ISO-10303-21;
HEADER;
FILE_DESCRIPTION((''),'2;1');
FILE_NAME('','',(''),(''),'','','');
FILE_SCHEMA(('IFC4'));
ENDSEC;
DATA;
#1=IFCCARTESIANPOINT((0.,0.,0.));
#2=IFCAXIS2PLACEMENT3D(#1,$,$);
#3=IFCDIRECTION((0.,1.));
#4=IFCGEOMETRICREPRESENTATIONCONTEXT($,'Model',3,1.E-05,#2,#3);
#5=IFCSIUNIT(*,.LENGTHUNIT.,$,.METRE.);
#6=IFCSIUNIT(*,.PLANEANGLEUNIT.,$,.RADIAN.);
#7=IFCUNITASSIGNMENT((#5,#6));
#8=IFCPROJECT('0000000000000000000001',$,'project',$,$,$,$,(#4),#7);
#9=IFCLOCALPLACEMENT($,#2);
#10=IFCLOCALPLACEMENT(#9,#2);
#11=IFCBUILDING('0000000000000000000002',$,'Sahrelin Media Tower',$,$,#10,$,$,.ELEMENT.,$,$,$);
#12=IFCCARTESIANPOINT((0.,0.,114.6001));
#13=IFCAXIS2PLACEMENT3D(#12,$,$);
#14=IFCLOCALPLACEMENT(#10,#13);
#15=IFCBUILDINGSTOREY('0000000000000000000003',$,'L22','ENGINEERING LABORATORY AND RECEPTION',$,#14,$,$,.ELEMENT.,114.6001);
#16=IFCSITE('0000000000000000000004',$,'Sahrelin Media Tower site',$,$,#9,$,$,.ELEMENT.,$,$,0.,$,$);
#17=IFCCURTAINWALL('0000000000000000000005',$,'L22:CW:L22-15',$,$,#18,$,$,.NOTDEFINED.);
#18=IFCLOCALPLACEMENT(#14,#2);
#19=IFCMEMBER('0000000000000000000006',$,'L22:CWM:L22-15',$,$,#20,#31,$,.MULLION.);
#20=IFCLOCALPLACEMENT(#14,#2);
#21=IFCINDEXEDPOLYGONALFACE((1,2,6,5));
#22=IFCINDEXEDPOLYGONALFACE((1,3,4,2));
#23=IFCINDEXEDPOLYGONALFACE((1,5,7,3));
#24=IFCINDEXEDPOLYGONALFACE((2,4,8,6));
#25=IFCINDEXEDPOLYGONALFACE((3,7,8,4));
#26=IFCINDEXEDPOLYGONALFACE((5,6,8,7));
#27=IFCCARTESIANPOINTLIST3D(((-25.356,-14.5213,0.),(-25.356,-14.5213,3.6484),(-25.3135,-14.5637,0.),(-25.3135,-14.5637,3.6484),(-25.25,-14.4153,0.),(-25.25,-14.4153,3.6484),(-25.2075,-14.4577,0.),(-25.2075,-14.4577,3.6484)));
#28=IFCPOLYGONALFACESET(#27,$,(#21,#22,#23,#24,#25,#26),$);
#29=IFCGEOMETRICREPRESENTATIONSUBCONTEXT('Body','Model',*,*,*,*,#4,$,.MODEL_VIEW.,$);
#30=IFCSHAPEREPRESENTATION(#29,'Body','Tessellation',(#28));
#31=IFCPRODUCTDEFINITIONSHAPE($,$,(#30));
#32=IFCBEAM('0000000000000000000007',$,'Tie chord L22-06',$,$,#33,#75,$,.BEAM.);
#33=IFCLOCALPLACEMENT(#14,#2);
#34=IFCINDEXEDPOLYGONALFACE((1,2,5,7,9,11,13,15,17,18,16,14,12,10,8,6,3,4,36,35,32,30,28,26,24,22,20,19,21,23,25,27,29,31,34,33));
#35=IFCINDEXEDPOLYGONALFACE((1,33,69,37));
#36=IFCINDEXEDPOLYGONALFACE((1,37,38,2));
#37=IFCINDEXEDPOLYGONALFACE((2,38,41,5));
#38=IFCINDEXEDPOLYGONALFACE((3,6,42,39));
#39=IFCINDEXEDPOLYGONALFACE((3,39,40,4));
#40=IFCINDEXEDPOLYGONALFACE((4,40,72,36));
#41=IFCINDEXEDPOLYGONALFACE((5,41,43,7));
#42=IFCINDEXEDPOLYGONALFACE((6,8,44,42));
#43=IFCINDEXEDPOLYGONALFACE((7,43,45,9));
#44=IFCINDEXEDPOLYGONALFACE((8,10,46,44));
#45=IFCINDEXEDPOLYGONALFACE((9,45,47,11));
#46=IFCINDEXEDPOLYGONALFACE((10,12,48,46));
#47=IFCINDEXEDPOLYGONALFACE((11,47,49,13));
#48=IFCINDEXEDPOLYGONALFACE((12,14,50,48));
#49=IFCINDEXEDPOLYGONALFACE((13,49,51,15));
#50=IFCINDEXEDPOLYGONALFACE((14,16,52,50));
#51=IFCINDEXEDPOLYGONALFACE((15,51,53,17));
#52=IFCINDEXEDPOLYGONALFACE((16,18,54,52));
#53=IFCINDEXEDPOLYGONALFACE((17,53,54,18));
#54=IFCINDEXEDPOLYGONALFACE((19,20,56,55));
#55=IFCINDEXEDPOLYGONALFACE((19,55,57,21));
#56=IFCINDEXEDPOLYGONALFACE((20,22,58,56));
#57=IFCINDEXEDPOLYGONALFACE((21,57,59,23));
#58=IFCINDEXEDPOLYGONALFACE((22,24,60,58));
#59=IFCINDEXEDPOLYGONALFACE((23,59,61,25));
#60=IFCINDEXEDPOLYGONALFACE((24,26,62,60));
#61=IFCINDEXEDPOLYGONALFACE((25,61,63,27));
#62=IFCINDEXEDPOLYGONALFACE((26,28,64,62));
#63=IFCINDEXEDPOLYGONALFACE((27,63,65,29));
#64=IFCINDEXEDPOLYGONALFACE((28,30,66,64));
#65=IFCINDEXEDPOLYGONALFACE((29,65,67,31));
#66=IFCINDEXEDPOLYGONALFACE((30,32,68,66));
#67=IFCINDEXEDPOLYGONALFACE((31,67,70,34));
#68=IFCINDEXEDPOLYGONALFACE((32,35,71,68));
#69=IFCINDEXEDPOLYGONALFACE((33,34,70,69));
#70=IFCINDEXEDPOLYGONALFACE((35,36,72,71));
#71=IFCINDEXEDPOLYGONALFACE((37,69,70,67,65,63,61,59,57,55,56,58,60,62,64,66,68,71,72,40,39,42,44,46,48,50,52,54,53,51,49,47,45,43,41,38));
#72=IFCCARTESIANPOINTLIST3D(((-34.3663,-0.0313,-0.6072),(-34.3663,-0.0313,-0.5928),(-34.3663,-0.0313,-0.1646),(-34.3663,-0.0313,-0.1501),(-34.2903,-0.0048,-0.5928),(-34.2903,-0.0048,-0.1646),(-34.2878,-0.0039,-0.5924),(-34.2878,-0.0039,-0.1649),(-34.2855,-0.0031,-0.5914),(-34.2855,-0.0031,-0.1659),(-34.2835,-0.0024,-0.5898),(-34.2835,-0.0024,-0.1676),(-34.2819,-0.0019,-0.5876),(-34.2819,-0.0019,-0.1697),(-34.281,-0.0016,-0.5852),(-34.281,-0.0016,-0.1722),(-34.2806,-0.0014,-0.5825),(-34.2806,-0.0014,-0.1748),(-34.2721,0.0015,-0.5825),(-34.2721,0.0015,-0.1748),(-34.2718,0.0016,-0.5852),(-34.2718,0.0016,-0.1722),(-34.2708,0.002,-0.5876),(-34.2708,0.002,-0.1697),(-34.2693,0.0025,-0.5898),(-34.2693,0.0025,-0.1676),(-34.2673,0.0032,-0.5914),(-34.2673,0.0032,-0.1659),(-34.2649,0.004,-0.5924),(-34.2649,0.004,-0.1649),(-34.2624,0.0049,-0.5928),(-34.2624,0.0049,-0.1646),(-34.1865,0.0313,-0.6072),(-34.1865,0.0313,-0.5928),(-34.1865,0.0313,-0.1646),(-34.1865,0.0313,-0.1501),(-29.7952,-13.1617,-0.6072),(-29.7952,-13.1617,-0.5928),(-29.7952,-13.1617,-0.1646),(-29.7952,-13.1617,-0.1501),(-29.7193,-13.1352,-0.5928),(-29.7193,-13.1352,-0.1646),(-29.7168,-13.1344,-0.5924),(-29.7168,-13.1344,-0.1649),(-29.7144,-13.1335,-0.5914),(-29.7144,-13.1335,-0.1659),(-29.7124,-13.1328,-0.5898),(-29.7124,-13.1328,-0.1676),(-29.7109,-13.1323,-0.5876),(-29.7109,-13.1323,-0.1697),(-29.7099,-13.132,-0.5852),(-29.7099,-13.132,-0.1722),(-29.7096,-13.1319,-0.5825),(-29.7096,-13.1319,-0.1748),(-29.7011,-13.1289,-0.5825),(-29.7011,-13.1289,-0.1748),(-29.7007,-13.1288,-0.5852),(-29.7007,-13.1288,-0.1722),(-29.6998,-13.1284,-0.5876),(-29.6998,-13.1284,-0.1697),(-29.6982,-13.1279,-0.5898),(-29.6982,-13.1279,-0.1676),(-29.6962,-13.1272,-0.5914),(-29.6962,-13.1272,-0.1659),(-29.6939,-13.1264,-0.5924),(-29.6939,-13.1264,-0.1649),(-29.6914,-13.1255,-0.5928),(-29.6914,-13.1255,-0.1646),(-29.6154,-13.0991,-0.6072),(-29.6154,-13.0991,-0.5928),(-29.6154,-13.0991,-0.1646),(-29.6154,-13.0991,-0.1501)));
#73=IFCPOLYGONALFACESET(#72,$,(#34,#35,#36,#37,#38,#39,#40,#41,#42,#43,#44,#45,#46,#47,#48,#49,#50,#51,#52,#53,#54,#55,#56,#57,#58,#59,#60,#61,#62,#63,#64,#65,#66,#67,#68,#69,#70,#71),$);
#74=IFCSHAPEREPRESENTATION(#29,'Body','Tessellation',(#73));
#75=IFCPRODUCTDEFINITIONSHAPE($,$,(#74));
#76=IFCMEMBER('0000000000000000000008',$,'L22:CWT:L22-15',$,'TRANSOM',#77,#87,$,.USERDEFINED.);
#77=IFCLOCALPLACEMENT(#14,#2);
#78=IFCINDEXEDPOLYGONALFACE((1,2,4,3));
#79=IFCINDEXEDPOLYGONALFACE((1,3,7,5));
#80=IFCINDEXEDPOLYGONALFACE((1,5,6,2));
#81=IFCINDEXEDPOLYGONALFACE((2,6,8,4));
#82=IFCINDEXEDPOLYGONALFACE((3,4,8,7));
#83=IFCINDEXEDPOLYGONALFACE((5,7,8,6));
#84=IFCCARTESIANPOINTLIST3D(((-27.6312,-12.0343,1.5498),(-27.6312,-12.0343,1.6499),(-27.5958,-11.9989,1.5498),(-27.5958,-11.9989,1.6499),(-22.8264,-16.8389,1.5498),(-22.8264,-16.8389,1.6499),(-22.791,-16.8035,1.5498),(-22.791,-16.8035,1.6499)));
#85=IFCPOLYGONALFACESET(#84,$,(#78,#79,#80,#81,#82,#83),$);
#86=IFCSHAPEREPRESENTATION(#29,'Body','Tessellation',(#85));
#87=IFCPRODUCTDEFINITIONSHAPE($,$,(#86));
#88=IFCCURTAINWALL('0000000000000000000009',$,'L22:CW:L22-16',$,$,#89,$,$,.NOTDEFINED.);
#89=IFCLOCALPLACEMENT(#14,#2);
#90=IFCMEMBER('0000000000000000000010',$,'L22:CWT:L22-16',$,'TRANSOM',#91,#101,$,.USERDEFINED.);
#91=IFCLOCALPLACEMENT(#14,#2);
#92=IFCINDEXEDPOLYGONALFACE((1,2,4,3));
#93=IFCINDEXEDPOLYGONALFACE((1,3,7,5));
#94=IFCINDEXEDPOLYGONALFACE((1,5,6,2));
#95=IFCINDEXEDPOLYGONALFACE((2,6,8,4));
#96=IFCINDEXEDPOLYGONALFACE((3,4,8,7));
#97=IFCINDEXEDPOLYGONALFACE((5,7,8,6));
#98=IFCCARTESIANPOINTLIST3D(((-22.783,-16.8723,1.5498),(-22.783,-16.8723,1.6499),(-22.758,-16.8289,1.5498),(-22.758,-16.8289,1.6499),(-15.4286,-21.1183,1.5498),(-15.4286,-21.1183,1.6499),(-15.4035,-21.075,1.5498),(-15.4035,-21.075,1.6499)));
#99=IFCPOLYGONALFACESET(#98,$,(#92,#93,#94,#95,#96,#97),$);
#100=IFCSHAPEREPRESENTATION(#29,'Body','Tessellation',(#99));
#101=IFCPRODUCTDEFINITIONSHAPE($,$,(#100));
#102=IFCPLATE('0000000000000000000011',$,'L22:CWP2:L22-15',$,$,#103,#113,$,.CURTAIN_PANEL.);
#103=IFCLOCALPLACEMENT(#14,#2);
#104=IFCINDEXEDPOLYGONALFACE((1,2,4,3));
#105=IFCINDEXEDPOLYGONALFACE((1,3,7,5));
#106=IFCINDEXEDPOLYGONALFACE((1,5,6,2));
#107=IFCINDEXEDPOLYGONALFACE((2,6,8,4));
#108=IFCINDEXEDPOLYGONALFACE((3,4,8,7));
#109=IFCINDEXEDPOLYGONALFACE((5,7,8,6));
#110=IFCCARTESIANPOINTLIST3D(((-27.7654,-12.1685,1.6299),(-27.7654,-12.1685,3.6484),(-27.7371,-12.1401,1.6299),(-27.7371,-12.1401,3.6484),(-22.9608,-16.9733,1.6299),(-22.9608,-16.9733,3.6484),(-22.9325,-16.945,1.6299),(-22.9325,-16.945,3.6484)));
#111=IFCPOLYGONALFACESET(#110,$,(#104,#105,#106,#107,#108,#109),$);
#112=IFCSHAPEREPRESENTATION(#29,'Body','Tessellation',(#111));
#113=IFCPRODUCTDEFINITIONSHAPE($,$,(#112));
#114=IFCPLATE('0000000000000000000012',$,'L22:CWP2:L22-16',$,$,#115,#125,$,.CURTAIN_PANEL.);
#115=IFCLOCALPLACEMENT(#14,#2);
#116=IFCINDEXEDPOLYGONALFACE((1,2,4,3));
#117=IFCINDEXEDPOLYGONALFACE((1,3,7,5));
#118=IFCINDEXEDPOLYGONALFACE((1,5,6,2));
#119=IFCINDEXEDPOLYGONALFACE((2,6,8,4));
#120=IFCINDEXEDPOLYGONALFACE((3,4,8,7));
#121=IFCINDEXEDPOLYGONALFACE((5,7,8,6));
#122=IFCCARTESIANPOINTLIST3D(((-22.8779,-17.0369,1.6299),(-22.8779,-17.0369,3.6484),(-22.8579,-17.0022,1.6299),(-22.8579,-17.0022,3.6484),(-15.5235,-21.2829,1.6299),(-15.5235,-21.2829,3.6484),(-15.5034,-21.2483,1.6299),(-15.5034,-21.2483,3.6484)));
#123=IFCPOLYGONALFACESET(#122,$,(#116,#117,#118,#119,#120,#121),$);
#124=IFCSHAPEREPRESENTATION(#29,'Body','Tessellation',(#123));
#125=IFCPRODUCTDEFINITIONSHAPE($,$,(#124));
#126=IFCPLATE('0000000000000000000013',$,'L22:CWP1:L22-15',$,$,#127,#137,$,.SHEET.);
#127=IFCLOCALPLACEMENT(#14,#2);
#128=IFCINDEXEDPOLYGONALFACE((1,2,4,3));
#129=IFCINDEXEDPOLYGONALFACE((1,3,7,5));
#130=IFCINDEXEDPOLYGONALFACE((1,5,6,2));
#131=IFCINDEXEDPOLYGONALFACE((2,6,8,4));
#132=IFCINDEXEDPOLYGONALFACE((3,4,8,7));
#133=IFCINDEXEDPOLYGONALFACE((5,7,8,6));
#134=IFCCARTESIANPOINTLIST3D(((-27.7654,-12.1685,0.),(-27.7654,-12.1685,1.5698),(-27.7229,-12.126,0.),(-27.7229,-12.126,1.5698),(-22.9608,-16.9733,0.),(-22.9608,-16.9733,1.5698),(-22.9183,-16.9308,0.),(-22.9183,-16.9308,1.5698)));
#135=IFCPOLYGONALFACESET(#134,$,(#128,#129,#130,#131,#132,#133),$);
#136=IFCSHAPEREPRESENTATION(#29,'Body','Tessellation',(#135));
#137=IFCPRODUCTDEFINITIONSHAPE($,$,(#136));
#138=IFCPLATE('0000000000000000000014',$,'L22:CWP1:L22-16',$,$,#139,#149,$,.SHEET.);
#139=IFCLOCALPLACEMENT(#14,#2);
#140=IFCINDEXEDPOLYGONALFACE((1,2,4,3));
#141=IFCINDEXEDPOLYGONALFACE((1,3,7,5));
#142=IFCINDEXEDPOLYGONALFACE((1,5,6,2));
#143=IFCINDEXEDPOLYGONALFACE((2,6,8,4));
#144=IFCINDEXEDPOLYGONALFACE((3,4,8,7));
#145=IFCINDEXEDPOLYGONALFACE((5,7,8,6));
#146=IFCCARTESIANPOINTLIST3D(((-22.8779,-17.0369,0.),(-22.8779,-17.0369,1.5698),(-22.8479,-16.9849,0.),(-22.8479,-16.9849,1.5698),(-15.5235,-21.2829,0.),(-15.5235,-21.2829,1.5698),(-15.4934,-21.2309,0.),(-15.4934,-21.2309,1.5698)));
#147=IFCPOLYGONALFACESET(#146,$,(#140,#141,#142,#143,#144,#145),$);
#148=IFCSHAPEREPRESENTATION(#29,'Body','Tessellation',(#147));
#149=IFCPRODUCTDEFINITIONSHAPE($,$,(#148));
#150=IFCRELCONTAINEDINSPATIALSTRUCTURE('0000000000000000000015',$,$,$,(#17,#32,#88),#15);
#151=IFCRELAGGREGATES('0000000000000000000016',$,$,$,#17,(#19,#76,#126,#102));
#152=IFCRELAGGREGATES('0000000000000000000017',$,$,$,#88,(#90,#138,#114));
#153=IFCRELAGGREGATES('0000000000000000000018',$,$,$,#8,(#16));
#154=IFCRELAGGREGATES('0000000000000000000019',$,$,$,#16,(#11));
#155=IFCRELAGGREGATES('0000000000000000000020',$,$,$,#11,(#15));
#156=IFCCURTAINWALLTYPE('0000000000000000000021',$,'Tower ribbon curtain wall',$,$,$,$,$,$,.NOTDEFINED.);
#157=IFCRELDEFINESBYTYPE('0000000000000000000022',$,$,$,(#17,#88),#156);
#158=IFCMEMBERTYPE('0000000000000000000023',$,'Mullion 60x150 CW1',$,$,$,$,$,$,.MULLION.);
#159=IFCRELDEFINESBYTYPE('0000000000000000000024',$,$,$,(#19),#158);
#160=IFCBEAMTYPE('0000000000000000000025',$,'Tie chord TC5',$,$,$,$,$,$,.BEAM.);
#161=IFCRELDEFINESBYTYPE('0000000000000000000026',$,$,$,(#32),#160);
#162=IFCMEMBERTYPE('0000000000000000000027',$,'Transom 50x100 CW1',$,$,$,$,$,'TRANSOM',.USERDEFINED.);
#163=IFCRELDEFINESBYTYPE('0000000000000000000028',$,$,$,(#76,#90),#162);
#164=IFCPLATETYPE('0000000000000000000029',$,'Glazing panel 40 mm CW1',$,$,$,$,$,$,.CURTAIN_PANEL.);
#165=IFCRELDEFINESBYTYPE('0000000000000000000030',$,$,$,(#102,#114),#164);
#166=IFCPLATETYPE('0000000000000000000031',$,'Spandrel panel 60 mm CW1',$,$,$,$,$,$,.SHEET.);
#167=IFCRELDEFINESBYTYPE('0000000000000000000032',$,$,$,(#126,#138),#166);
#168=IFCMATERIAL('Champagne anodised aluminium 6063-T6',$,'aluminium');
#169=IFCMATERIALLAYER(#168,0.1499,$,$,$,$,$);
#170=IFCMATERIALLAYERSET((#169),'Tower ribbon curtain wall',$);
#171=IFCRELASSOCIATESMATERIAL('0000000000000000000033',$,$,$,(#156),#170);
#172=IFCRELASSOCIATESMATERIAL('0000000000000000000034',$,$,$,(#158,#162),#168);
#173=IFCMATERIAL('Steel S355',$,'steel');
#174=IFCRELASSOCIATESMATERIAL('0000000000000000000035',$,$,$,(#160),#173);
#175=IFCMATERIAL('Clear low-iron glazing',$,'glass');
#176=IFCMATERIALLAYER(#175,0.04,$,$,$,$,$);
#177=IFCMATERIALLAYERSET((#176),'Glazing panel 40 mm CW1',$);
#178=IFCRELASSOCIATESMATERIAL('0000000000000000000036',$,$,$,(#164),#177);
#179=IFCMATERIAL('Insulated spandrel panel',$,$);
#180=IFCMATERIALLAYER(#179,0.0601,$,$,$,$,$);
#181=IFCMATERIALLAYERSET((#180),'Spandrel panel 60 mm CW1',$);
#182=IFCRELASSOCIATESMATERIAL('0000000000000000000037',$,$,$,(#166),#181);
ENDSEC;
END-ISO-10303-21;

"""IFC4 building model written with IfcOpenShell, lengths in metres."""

from ifc_helpers import new_model, si_unit, direction, frame, origin, origin_2d, place, context, subcontext, project, spatial, polyline, rectangle, i_section, outline, extrude, material, layer, layer_set, material_profile, profile_set, type_object, element, aggregate, save


model = new_model("IFC4")

# Units and contexts
model_context = context("Model", 3, precision=1e-05, world=origin(), true_north=direction((0.0, 1.0)))
body_context = subcontext(model_context, "Body", "Model", "MODEL_VIEW")
ifc_project = project(units=[si_unit("LENGTHUNIT", "METRE"), si_unit("PLANEANGLEUNIT", "RADIAN")], contexts=[model_context])

# Site, building, storey
site_placement = place(None, origin())
site = spatial("IfcSite", under=ifc_project, at=site_placement, Name="Sahrelin Media Tower site", CompositionType="ELEMENT", RefElevation=0.0)
building_placement = place(site_placement, origin())
building = spatial("IfcBuilding", under=site, at=building_placement, Name="Sahrelin Media Tower", CompositionType="ELEMENT")
storey_placement = place(building_placement, frame((0.0, 0.0, 114.6001)))
storey = spatial("IfcBuildingStorey", under=building, at=storey_placement, Name="L22", Description="ENGINEERING LABORATORY AND RECEPTION", CompositionType="ELEMENT", Elevation=114.6001)

# Shared definitions
ifc_material_1 = material(Name="Steel S355", Category="steel")

# Curtain wall, member
ifc_material_2 = material(Name="Champagne anodised aluminium 6063-T6", Category="aluminium")
ifc_layer_1 = layer(ifc_material_2, 0.1499)
ifc_layer_set_1 = layer_set([ifc_layer_1], Name="Tower ribbon curtain wall")
curtain_wall_type = type_object("IfcCurtainWallType", Name="Tower ribbon curtain wall", PredefinedType="NOTDEFINED", material=ifc_layer_set_1)
curtain_wall_1_placement = place(storey_placement, frame((-25.3491, -14.5569, 0.0), z_axis=(0.0, 0.0, 1.0), x_axis=(1.0, 0.0, 0.0)))
curtain_wall_1 = element("IfcCurtainWall", 1, at=curtain_wall_1_placement, inside=storey, type_object=curtain_wall_type, Name="L22:CW:L22-15", PredefinedType="NOTDEFINED")
ifc_material_profile_1 = material_profile(ifc_material_2, rectangle(XDim=0.0601, YDim=0.1499, at=origin_2d()), Name="Mullion 60x150")
ifc_profile_set_1 = profile_set([ifc_material_profile_1], Name="Champagne anodised aluminium 6063-T6")
member_type_1 = type_object("IfcMemberType", Name="Mullion 60x150 CW1", PredefinedType="MULLION", material=ifc_profile_set_1)
member_1_placement = place(storey_placement, frame((-25.2817, -14.4895, 0.0), z_axis=(0.0, 0.0, 1.0), x_axis=(0.707099, -0.707114, 0.0)))
member_1 = element("IfcMember", 2, at=member_1_placement, type_object=member_type_1, Name="L22:CWM:L22-15", PredefinedType="MULLION", context=body_context, shape_type="SweptSolid", body=[
    extrude(rectangle(XDim=0.0601, YDim=0.1499, at=origin_2d()), origin(), (0.0, 0.0, 1.0), 3.6484),
])

# Beam
ifc_material_profile_2 = material_profile(ifc_material_1, i_section(OverallWidth=0.1904, OverallDepth=0.457, WebThickness=0.009, FlangeThickness=0.0144, FilletRadius=0.0103, at=origin_2d()), Name="UB 457x191x74")
ifc_profile_set_2 = profile_set([ifc_material_profile_2], Name="Steel S355")
beam_type_1 = type_object("IfcBeamType", Name="Tie chord TC5", PredefinedType="BEAM", material=ifc_profile_set_2)
beam_1_placement = place(storey_placement, frame((-29.7053, -13.1304, -0.3787), z_axis=(-0.328775, 0.944408, 0.0), x_axis=(-0.944408, -0.328775, 0.0)))
element("IfcBeam", 3, at=beam_1_placement, inside=storey, type_object=beam_type_1, Name="Tie chord L22-06", PredefinedType="BEAM", context=body_context, shape_type="SweptSolid", body=[
    extrude(i_section(OverallWidth=0.1904, OverallDepth=0.457, WebThickness=0.009, FlangeThickness=0.0144, FilletRadius=0.0103, at=origin_2d()), origin(), (0.0, 0.0, 1.0), 13.9033),
])

# Member
ifc_material_profile_3 = material_profile(ifc_material_2, rectangle(XDim=0.05, YDim=0.1001, at=origin_2d()), Name="Transom 50x100")
ifc_profile_set_3 = profile_set([ifc_material_profile_3], Name="Champagne anodised aluminium 6063-T6")
member_type_2 = type_object("IfcMemberType", Name="Transom 50x100 CW1", ElementType="TRANSOM", PredefinedType="USERDEFINED", material=ifc_profile_set_3)
member_2_placement = place(storey_placement, frame((-27.6135, -12.0166, 1.5999), z_axis=(0.707125, -0.707089, 0.0), x_axis=(0.707089, 0.707125, 0.0)))
member_2 = element("IfcMember", 4, at=member_2_placement, type_object=member_type_2, Name="L22:CWT:L22-15", ObjectType="TRANSOM", PredefinedType="USERDEFINED", context=body_context, shape_type="SweptSolid", body=[
    extrude(rectangle(XDim=0.05, YDim=0.1001, at=origin_2d()), origin(), (0.0, 0.0, 1.0), 6.7949),
])

# Curtain wall, member
curtain_wall_2_placement = place(storey_placement, frame((-19.1907, -19.1426, 0.0), z_axis=(0.0, 0.0, 1.0), x_axis=(1.0, 0.0, 0.0)))
curtain_wall_2 = element("IfcCurtainWall", 5, at=curtain_wall_2_placement, inside=storey, type_object=curtain_wall_type, Name="L22:CW:L22-16", PredefinedType="NOTDEFINED")
member_3_placement = place(storey_placement, frame((-22.7705, -16.8506, 1.5999), z_axis=(0.866027, -0.499998, 0.0), x_axis=(0.499998, 0.866027, 0.0)))
member_3 = element("IfcMember", 6, at=member_3_placement, type_object=member_type_2, Name="L22:CWT:L22-16", ObjectType="TRANSOM", PredefinedType="USERDEFINED", context=body_context, shape_type="SweptSolid", body=[
    extrude(rectangle(XDim=0.05, YDim=0.1001, at=origin_2d()), origin(), (0.0, 0.0, 1.0), 8.4922),
])

# Plates
ifc_material_3 = material(Name="Clear low-iron glazing", Category="glass")
ifc_layer_2 = layer(ifc_material_3, 0.04)
ifc_layer_set_2 = layer_set([ifc_layer_2], Name="Glazing panel 40 mm CW1")
plate_type_1 = type_object("IfcPlateType", Name="Glazing panel 40 mm CW1", PredefinedType="CURTAIN_PANEL", material=ifc_layer_set_2)
plate_1_placement = place(storey_placement, frame((-27.7654, -12.1685, 1.6299), z_axis=(-0.707125, -0.707089, 0.0), x_axis=(0.707089, -0.707125, 0.0)))
plate_1 = element("IfcPlate", 7, at=plate_1_placement, type_object=plate_type_1, Name="L22:CWP2:L22-15", PredefinedType="CURTAIN_PANEL", context=body_context, shape_type="SweptSolid", body=[
    extrude(outline(polyline([(0.0, 0.0), (6.7949, 0.0), (6.7949, 2.0186), (0.0, 2.0186), (0.0, 0.0)])), origin(), (0.0, 0.0, -1.0), 0.04),
])
plate_2_placement = place(storey_placement, frame((-22.8779, -17.0369, 1.6299), z_axis=(-0.499998, -0.866027, 0.0), x_axis=(0.866027, -0.499998, 0.0)))
plate_2 = element("IfcPlate", 8, at=plate_2_placement, type_object=plate_type_1, Name="L22:CWP2:L22-16", PredefinedType="CURTAIN_PANEL", context=body_context, shape_type="SweptSolid", body=[
    extrude(outline(polyline([(0.0, 0.0), (8.4922, 0.0), (8.4922, 2.0186), (0.0, 2.0186), (0.0, 0.0)])), origin(), (0.0, 0.0, -1.0), 0.04),
])
ifc_material_4 = material(Name="Insulated spandrel panel")
ifc_layer_3 = layer(ifc_material_4, 0.0601)
ifc_layer_set_3 = layer_set([ifc_layer_3], Name="Spandrel panel 60 mm CW1")
plate_type_2 = type_object("IfcPlateType", Name="Spandrel panel 60 mm CW1", PredefinedType="SHEET", material=ifc_layer_set_3)
plate_3_placement = place(storey_placement, frame((-27.7654, -12.1685, 0.0), z_axis=(-0.707125, -0.707089, 0.0), x_axis=(0.707089, -0.707125, 0.0)))
plate_3 = element("IfcPlate", 9, at=plate_3_placement, type_object=plate_type_2, Name="L22:CWP1:L22-15", PredefinedType="SHEET", context=body_context, shape_type="SweptSolid", body=[
    extrude(outline(polyline([(0.0, 0.0), (6.7949, 0.0), (6.7949, 1.5698), (0.0, 1.5698), (0.0, 0.0)])), origin(), (0.0, 0.0, -1.0), 0.0601),
])
aggregate(curtain_wall_1, [member_1, member_2, plate_3, plate_1])
plate_4_placement = place(storey_placement, frame((-22.8779, -17.0369, 0.0), z_axis=(-0.499998, -0.866027, 0.0), x_axis=(0.866027, -0.499998, 0.0)))
plate_4 = element("IfcPlate", 10, at=plate_4_placement, type_object=plate_type_2, Name="L22:CWP1:L22-16", PredefinedType="SHEET", context=body_context, shape_type="SweptSolid", body=[
    extrude(outline(polyline([(0.0, 0.0), (8.4922, 0.0), (8.4922, 1.5698), (0.0, 1.5698), (0.0, 0.0)])), origin(), (0.0, 0.0, -1.0), 0.0601),
])
aggregate(curtain_wall_2, [member_3, plate_4, plate_2])

save(model, "model.ifc")
